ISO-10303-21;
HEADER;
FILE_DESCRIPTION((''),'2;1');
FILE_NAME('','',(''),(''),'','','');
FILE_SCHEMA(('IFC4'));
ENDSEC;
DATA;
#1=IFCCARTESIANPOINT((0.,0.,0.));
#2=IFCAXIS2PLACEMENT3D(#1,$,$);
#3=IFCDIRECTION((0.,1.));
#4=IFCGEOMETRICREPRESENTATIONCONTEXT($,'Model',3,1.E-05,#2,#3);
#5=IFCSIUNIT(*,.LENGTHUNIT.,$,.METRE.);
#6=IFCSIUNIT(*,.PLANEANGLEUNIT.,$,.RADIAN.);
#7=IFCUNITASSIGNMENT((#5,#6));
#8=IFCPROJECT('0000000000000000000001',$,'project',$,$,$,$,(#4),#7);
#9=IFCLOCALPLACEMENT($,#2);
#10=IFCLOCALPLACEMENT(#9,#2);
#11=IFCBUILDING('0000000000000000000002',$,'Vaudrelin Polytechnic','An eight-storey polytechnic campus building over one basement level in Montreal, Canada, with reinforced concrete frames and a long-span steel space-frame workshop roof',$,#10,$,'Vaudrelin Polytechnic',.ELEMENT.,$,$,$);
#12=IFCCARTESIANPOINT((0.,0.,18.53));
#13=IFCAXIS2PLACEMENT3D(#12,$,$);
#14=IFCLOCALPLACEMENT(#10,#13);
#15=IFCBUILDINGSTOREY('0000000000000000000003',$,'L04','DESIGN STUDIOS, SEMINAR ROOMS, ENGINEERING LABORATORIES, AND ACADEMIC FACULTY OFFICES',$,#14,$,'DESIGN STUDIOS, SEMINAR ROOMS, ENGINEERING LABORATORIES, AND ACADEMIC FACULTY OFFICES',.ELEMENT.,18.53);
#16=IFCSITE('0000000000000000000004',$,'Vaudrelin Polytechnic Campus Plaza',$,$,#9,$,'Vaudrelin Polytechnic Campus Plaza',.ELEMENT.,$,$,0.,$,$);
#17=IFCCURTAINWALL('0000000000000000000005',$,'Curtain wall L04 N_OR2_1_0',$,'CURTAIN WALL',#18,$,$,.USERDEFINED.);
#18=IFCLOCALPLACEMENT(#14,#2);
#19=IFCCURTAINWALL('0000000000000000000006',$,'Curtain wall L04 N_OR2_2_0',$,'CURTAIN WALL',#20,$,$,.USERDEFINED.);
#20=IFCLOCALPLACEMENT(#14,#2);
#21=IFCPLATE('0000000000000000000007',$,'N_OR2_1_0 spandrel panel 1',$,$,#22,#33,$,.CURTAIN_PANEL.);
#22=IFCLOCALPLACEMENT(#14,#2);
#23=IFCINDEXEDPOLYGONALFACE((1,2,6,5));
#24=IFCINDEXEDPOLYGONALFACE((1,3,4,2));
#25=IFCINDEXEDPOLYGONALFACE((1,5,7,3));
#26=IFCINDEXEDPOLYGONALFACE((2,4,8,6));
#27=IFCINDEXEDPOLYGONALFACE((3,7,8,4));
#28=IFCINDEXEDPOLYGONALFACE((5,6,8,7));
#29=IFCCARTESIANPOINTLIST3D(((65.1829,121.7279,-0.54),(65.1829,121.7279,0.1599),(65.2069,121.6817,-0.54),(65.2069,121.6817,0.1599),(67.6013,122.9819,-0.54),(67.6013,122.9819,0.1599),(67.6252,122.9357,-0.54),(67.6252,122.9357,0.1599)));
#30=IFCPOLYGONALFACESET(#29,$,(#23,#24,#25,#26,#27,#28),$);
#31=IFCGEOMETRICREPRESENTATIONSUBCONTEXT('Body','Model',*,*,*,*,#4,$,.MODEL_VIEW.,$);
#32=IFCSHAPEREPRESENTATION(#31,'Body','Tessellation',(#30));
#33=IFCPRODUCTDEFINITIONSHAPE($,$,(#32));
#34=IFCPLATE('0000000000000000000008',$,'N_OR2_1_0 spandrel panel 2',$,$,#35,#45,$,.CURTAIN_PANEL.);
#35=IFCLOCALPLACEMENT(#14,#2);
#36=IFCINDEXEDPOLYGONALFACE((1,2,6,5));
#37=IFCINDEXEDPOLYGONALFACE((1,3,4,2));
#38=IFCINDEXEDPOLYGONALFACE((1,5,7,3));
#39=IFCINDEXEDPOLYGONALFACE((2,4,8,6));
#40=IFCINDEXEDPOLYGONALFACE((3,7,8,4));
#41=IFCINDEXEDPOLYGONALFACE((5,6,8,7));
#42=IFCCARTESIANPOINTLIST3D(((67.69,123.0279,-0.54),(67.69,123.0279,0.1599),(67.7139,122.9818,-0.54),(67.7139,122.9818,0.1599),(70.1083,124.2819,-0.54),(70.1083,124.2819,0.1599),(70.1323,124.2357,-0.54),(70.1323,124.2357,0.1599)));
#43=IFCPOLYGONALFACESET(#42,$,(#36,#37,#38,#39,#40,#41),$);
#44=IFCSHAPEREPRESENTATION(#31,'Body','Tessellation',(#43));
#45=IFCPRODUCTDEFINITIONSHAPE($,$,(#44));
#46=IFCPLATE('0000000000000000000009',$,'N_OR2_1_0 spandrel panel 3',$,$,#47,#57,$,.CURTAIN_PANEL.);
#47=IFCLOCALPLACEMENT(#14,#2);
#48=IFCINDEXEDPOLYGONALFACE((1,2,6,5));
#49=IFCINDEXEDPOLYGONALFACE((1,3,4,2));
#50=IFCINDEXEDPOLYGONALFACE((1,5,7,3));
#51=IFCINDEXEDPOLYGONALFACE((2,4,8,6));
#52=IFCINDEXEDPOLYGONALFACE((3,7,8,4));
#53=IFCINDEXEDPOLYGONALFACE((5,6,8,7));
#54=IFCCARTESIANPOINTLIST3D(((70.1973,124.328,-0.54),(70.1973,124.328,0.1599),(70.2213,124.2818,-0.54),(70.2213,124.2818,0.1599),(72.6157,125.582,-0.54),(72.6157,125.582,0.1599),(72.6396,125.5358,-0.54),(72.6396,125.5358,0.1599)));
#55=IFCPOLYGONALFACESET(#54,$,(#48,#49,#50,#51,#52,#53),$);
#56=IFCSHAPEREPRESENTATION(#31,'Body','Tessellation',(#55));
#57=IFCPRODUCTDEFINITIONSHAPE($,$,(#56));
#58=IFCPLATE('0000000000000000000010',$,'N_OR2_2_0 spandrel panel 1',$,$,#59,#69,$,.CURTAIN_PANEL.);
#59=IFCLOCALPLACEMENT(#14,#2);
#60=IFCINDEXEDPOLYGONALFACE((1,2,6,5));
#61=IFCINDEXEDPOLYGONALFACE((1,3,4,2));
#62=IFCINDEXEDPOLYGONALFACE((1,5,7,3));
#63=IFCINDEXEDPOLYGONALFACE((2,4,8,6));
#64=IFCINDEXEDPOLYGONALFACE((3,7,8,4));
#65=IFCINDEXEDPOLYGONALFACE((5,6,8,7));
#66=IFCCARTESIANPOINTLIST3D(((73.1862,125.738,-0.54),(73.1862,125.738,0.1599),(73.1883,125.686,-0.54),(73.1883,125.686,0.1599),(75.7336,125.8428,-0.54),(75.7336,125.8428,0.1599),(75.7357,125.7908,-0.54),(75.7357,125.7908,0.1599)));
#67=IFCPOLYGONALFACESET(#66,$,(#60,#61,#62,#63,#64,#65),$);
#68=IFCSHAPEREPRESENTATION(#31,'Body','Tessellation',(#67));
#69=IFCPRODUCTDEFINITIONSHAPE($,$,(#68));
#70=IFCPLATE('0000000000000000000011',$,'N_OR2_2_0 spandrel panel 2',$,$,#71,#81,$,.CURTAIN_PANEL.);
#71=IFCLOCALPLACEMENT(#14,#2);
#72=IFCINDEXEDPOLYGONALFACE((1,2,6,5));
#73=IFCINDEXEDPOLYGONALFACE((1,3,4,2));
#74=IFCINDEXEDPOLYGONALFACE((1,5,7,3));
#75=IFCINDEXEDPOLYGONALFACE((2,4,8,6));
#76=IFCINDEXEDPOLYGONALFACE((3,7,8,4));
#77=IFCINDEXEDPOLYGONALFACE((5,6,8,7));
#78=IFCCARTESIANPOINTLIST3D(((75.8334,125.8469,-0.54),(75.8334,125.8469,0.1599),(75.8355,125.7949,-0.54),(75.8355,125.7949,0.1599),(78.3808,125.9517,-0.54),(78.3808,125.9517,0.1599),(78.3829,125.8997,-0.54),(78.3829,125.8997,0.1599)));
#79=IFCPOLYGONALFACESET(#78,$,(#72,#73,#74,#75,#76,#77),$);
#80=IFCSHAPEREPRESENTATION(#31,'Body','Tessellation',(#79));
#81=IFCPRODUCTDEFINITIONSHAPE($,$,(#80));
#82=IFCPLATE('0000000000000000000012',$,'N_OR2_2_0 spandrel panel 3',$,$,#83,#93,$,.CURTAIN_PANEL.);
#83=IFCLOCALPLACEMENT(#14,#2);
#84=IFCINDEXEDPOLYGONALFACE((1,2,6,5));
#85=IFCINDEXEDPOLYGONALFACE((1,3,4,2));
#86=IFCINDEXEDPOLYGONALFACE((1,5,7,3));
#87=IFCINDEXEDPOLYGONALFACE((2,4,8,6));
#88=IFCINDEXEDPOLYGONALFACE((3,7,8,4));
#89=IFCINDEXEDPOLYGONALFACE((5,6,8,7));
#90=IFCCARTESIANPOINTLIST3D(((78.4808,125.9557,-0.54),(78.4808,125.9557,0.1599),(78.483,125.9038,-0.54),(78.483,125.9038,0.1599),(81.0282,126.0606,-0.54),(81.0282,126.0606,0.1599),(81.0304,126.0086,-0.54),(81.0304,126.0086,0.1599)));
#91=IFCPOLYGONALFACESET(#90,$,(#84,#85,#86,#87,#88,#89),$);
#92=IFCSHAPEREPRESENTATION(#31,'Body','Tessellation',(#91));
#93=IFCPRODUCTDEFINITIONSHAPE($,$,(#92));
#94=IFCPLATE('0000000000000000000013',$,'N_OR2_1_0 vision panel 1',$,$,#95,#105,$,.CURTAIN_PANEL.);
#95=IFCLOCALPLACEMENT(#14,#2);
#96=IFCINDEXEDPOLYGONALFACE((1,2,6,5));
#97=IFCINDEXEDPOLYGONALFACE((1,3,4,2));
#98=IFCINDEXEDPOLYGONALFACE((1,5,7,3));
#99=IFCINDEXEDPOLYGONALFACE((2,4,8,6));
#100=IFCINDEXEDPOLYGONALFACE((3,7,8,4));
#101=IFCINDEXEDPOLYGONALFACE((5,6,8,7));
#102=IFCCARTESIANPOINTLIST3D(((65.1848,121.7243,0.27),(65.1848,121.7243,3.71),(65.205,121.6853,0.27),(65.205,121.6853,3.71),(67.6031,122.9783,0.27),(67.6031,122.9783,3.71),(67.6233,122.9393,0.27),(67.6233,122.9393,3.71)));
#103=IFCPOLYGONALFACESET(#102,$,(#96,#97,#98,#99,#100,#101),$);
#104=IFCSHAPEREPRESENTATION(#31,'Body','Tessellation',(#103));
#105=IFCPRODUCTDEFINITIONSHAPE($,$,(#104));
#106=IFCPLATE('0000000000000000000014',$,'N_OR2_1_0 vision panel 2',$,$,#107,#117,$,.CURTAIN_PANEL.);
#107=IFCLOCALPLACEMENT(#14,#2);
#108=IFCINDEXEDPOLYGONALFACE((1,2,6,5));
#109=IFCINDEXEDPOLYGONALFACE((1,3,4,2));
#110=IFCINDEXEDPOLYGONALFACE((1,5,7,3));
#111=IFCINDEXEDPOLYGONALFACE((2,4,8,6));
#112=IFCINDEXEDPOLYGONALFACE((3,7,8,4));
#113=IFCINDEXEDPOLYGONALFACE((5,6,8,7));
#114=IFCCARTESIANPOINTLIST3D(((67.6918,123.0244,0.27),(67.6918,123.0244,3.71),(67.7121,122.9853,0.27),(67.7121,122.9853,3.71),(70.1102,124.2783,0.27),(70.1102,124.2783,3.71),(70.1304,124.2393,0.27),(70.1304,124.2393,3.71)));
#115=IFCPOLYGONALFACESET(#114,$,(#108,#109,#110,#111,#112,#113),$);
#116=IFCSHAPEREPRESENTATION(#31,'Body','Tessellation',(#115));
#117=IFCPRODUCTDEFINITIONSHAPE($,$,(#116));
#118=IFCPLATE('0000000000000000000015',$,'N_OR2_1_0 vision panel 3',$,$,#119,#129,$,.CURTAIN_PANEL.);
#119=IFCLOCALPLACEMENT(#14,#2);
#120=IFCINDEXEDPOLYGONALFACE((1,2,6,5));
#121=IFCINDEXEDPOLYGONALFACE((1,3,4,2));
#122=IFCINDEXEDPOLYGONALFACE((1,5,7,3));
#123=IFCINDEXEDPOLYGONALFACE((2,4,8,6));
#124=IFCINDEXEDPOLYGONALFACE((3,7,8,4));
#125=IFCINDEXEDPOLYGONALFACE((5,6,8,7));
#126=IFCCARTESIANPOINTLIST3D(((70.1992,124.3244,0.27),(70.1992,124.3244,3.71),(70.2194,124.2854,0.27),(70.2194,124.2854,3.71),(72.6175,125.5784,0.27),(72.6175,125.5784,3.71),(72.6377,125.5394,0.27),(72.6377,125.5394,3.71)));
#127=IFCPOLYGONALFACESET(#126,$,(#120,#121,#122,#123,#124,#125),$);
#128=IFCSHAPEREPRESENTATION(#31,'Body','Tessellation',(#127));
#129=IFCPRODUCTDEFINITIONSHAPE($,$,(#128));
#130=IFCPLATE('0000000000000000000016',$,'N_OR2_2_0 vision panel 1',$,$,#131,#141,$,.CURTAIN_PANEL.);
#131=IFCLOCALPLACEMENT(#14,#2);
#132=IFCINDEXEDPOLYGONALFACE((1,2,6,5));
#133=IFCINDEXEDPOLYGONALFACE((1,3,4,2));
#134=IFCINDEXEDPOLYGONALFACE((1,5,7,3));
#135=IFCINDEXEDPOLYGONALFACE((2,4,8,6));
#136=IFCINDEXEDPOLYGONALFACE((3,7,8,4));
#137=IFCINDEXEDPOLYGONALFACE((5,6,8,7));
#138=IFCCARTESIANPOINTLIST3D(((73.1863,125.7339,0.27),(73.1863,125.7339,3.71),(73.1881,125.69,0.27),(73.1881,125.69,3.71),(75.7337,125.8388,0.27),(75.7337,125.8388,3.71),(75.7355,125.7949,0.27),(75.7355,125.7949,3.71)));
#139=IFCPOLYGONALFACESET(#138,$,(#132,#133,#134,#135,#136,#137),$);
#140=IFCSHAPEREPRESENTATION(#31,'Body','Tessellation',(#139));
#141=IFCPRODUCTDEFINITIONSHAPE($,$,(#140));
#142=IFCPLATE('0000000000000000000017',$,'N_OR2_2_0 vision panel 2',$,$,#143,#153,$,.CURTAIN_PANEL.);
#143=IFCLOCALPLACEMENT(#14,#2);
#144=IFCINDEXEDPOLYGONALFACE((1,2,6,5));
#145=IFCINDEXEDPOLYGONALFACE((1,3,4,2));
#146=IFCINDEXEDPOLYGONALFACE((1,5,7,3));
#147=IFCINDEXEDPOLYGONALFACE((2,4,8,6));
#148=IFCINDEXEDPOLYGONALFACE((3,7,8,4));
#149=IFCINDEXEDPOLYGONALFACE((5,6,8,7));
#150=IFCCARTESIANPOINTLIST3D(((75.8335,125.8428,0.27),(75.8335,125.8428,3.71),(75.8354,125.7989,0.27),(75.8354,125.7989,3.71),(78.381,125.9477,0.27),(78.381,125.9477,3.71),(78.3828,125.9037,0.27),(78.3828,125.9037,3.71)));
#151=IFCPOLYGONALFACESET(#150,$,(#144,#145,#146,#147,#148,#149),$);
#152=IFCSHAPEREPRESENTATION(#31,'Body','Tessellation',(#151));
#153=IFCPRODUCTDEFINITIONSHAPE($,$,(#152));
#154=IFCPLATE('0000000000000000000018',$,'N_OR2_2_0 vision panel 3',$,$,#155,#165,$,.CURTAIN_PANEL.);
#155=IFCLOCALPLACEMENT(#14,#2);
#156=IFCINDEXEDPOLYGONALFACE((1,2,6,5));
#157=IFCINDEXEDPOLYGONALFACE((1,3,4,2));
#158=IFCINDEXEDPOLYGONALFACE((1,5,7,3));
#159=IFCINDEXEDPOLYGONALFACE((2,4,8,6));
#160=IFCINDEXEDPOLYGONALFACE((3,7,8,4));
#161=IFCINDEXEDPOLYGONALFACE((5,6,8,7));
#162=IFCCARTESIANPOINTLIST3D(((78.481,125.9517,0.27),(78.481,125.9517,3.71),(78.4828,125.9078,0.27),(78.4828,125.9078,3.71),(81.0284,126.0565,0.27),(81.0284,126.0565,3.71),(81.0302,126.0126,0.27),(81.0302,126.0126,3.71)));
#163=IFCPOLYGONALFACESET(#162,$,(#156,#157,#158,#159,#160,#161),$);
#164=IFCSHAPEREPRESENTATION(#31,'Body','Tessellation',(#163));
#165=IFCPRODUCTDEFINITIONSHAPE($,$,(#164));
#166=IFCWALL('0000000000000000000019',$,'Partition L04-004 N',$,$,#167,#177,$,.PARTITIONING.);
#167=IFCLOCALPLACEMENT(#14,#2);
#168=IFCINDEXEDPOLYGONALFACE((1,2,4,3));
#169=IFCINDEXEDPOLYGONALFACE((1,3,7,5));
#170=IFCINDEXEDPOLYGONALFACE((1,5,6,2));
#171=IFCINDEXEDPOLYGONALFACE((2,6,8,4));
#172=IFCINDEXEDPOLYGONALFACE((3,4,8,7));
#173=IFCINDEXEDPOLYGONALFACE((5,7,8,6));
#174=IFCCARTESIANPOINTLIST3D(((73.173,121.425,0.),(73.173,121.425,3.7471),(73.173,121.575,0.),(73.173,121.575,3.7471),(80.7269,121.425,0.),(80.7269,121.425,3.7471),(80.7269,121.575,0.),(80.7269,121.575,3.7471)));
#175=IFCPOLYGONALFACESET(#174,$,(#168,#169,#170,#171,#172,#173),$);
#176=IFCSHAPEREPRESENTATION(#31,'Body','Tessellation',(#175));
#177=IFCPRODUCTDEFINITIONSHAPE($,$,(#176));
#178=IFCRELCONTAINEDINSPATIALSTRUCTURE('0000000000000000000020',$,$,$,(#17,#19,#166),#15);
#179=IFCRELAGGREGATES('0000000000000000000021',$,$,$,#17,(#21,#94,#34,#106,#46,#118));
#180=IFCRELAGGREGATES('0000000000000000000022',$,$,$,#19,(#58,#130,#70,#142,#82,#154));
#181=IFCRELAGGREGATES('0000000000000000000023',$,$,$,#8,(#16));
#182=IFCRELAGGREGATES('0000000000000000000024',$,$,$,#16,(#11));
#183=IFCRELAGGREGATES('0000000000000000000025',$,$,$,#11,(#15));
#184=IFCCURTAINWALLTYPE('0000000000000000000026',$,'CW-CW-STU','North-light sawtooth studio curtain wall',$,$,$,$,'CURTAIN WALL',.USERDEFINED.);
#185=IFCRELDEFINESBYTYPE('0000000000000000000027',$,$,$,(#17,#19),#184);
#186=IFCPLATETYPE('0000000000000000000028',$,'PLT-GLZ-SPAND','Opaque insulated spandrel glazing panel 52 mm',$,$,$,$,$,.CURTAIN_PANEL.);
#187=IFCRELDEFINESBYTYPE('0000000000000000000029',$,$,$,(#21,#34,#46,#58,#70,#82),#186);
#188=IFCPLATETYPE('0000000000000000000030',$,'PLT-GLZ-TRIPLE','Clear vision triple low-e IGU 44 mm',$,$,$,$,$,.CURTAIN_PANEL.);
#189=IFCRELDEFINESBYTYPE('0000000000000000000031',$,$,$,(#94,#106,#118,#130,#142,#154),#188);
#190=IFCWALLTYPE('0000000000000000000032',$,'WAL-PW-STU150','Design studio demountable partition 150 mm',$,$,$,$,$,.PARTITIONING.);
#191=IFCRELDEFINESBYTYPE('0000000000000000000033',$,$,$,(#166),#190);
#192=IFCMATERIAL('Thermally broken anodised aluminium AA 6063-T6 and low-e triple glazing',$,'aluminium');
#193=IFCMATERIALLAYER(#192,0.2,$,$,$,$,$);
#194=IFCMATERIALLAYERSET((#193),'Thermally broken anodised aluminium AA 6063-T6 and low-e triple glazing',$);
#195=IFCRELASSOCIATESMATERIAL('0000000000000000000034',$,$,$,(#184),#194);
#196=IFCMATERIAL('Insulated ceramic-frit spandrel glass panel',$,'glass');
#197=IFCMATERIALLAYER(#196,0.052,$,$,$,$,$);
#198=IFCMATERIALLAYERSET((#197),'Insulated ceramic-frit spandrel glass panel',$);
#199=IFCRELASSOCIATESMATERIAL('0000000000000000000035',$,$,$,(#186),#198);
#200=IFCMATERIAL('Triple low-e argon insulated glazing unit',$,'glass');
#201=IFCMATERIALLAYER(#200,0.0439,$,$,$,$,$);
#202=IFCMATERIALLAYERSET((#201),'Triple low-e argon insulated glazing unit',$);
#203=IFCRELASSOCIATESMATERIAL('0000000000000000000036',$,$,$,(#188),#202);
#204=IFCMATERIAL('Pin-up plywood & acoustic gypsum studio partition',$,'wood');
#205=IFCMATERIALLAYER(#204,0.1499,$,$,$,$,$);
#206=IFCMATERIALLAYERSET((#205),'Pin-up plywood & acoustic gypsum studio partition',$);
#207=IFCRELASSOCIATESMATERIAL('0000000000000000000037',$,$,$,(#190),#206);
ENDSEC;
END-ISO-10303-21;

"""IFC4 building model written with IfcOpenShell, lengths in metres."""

from ifc_helpers import new_model, si_unit, direction, frame, frame_2d, origin, origin_2d, place, context, subcontext, project, spatial, rectangle, extrude, material, layer, layer_set, type_object, element, aggregate, save


model = new_model("IFC4")

# Units and contexts
model_context = context("Model", 3, precision=1e-05, world=origin(), true_north=direction((0.0, 1.0)))
body_context = subcontext(model_context, "Body", "Model", "MODEL_VIEW")
ifc_project = project(units=[si_unit("LENGTHUNIT", "METRE"), si_unit("PLANEANGLEUNIT", "RADIAN")], contexts=[model_context])

# Site, building, storey
site_placement = place(None, origin())
site = spatial("IfcSite", under=ifc_project, at=site_placement, Name="Vaudrelin Polytechnic Campus Plaza", LongName="Vaudrelin Polytechnic Campus Plaza", CompositionType="ELEMENT", RefElevation=0.0)
building_placement = place(site_placement, origin())
building = spatial("IfcBuilding", under=site, at=building_placement, Name="Vaudrelin Polytechnic", Description="An eight-storey polytechnic campus building over one basement level in Montreal, Canada, with reinforced concrete frames and a long-span steel space-frame workshop roof", LongName="Vaudrelin Polytechnic", CompositionType="ELEMENT")
storey_placement = place(building_placement, frame((0.0, 0.0, 18.53)))
storey = spatial("IfcBuildingStorey", under=building, at=storey_placement, Name="L04", Description="DESIGN STUDIOS, SEMINAR ROOMS, ENGINEERING LABORATORIES, AND ACADEMIC FACULTY OFFICES", LongName="DESIGN STUDIOS, SEMINAR ROOMS, ENGINEERING LABORATORIES, AND ACADEMIC FACULTY OFFICES", CompositionType="ELEMENT", Elevation=18.53)

# Curtain walls
ifc_material_1 = material(Name="Thermally broken anodised aluminium AA 6063-T6 and low-e triple glazing", Category="aluminium")
ifc_layer_1 = layer(ifc_material_1, 0.2)
ifc_layer_set_1 = layer_set([ifc_layer_1], Name="Thermally broken anodised aluminium AA 6063-T6 and low-e triple glazing")
curtain_wall_type = type_object("IfcCurtainWallType", Name="CW-CW-STU", Description="North-light sawtooth studio curtain wall", ElementType="CURTAIN WALL", PredefinedType="USERDEFINED", material=ifc_layer_set_1)
curtain_wall_1_placement = place(storey_placement, origin())
curtain_wall_1 = element("IfcCurtainWall", 1, at=curtain_wall_1_placement, inside=storey, type_object=curtain_wall_type, Name="Curtain wall L04 N_OR2_1_0", ObjectType="CURTAIN WALL", PredefinedType="USERDEFINED")
curtain_wall_2_placement = place(storey_placement, origin())
curtain_wall_2 = element("IfcCurtainWall", 2, at=curtain_wall_2_placement, inside=storey, type_object=curtain_wall_type, Name="Curtain wall L04 N_OR2_2_0", ObjectType="CURTAIN WALL", PredefinedType="USERDEFINED")

# Plates
ifc_material_2 = material(Name="Insulated ceramic-frit spandrel glass panel", Category="glass")
ifc_layer_2 = layer(ifc_material_2, 0.052)
ifc_layer_set_2 = layer_set([ifc_layer_2], Name="Insulated ceramic-frit spandrel glass panel")
plate_type_1 = type_object("IfcPlateType", Name="PLT-GLZ-SPAND", Description="Opaque insulated spandrel glazing panel 52 mm", PredefinedType="CURTAIN_PANEL", material=ifc_layer_set_2)
plate_1_placement = place(storey_placement, frame((66.4041, 122.3318, -0.54), z_axis=(0.0, 0.0, 1.0), x_axis=(0.887751, 0.460323, 0.0)))
plate_1 = element("IfcPlate", 3, at=plate_1_placement, type_object=plate_type_1, Name="N_OR2_1_0 spandrel panel 1", PredefinedType="CURTAIN_PANEL", context=body_context, shape_type="SweptSolid", body=[
    extrude(rectangle(XDim=2.7241, YDim=0.052, at=origin_2d()), origin(), (0.0, 0.0, 1.0), 0.7),
])
plate_2_placement = place(storey_placement, frame((68.9111, 123.6318, -0.54), z_axis=(0.0, 0.0, 1.0), x_axis=(0.887751, 0.460323, 0.0)))
plate_2 = element("IfcPlate", 4, at=plate_2_placement, type_object=plate_type_1, Name="N_OR2_1_0 spandrel panel 2", PredefinedType="CURTAIN_PANEL", context=body_context, shape_type="SweptSolid", body=[
    extrude(rectangle(XDim=2.7241, YDim=0.052, at=origin_2d()), origin(), (0.0, 0.0, 1.0), 0.7),
])
plate_3_placement = place(storey_placement, frame((71.4185, 124.9319, -0.54), z_axis=(0.0, 0.0, 1.0), x_axis=(0.887751, 0.460323, 0.0)))
plate_3 = element("IfcPlate", 5, at=plate_3_placement, type_object=plate_type_1, Name="N_OR2_1_0 spandrel panel 3", PredefinedType="CURTAIN_PANEL", context=body_context, shape_type="SweptSolid", body=[
    extrude(rectangle(XDim=2.7241, YDim=0.052, at=origin_2d()), origin(), (0.0, 0.0, 1.0), 0.7),
])
plate_4_placement = place(storey_placement, frame((74.4609, 125.7644, -0.54), z_axis=(0.0, 0.0, 1.0), x_axis=(0.999154, 0.041115, 0.0)))
plate_4 = element("IfcPlate", 6, at=plate_4_placement, type_object=plate_type_1, Name="N_OR2_2_0 spandrel panel 1", PredefinedType="CURTAIN_PANEL", context=body_context, shape_type="SweptSolid", body=[
    extrude(rectangle(XDim=2.5496, YDim=0.052, at=origin_2d()), origin(), (0.0, 0.0, 1.0), 0.7),
])
plate_5_placement = place(storey_placement, frame((77.1082, 125.8733, -0.54), z_axis=(0.0, 0.0, 1.0), x_axis=(0.999154, 0.041115, 0.0)))
plate_5 = element("IfcPlate", 7, at=plate_5_placement, type_object=plate_type_1, Name="N_OR2_2_0 spandrel panel 2", PredefinedType="CURTAIN_PANEL", context=body_context, shape_type="SweptSolid", body=[
    extrude(rectangle(XDim=2.5496, YDim=0.052, at=origin_2d()), origin(), (0.0, 0.0, 1.0), 0.7),
])
plate_6_placement = place(storey_placement, frame((79.7556, 125.9822, -0.54), z_axis=(0.0, 0.0, 1.0), x_axis=(0.999154, 0.041115, 0.0)))
plate_6 = element("IfcPlate", 8, at=plate_6_placement, type_object=plate_type_1, Name="N_OR2_2_0 spandrel panel 3", PredefinedType="CURTAIN_PANEL", context=body_context, shape_type="SweptSolid", body=[
    extrude(rectangle(XDim=2.5496, YDim=0.052, at=origin_2d()), origin(), (0.0, 0.0, 1.0), 0.7),
])
ifc_material_3 = material(Name="Triple low-e argon insulated glazing unit", Category="glass")
ifc_layer_3 = layer(ifc_material_3, 0.0439)
ifc_layer_set_3 = layer_set([ifc_layer_3], Name="Triple low-e argon insulated glazing unit")
plate_type_2 = type_object("IfcPlateType", Name="PLT-GLZ-TRIPLE", Description="Clear vision triple low-e IGU 44 mm", PredefinedType="CURTAIN_PANEL", material=ifc_layer_set_3)
plate_7_placement = place(storey_placement, frame((66.4041, 122.3318, 0.27), z_axis=(0.0, 0.0, 1.0), x_axis=(0.887751, 0.460323, 0.0)))
plate_7 = element("IfcPlate", 9, at=plate_7_placement, type_object=plate_type_2, Name="N_OR2_1_0 vision panel 1", PredefinedType="CURTAIN_PANEL", context=body_context, shape_type="SweptSolid", body=[
    extrude(rectangle(XDim=2.7241, YDim=0.0439, at=origin_2d()), origin(), (0.0, 0.0, 1.0), 3.4399),
])
plate_8_placement = place(storey_placement, frame((68.9111, 123.6318, 0.27), z_axis=(0.0, 0.0, 1.0), x_axis=(0.887751, 0.460323, 0.0)))
plate_8 = element("IfcPlate", 10, at=plate_8_placement, type_object=plate_type_2, Name="N_OR2_1_0 vision panel 2", PredefinedType="CURTAIN_PANEL", context=body_context, shape_type="SweptSolid", body=[
    extrude(rectangle(XDim=2.7241, YDim=0.0439, at=origin_2d()), origin(), (0.0, 0.0, 1.0), 3.4399),
])
plate_9_placement = place(storey_placement, frame((71.4185, 124.9319, 0.27), z_axis=(0.0, 0.0, 1.0), x_axis=(0.887751, 0.460323, 0.0)))
plate_9 = element("IfcPlate", 11, at=plate_9_placement, type_object=plate_type_2, Name="N_OR2_1_0 vision panel 3", PredefinedType="CURTAIN_PANEL", context=body_context, shape_type="SweptSolid", body=[
    extrude(rectangle(XDim=2.7241, YDim=0.0439, at=origin_2d()), origin(), (0.0, 0.0, 1.0), 3.4399),
])
aggregate(curtain_wall_1, [plate_1, plate_7, plate_2, plate_8, plate_3, plate_9])
plate_10_placement = place(storey_placement, frame((74.4609, 125.7644, 0.27), z_axis=(0.0, 0.0, 1.0), x_axis=(0.999154, 0.041115, 0.0)))
plate_10 = element("IfcPlate", 12, at=plate_10_placement, type_object=plate_type_2, Name="N_OR2_2_0 vision panel 1", PredefinedType="CURTAIN_PANEL", context=body_context, shape_type="SweptSolid", body=[
    extrude(rectangle(XDim=2.5496, YDim=0.0439, at=origin_2d()), origin(), (0.0, 0.0, 1.0), 3.4399),
])
plate_11_placement = place(storey_placement, frame((77.1082, 125.8733, 0.27), z_axis=(0.0, 0.0, 1.0), x_axis=(0.999154, 0.041115, 0.0)))
plate_11 = element("IfcPlate", 13, at=plate_11_placement, type_object=plate_type_2, Name="N_OR2_2_0 vision panel 2", PredefinedType="CURTAIN_PANEL", context=body_context, shape_type="SweptSolid", body=[
    extrude(rectangle(XDim=2.5496, YDim=0.0439, at=origin_2d()), origin(), (0.0, 0.0, 1.0), 3.4399),
])
plate_12_placement = place(storey_placement, frame((79.7556, 125.9822, 0.27), z_axis=(0.0, 0.0, 1.0), x_axis=(0.999154, 0.041115, 0.0)))
plate_12 = element("IfcPlate", 14, at=plate_12_placement, type_object=plate_type_2, Name="N_OR2_2_0 vision panel 3", PredefinedType="CURTAIN_PANEL", context=body_context, shape_type="SweptSolid", body=[
    extrude(rectangle(XDim=2.5496, YDim=0.0439, at=origin_2d()), origin(), (0.0, 0.0, 1.0), 3.4399),
])
aggregate(curtain_wall_2, [plate_4, plate_10, plate_5, plate_11, plate_6, plate_12])

# Wall
ifc_material_4 = material(Name="Pin-up plywood & acoustic gypsum studio partition", Category="wood")
ifc_layer_4 = layer(ifc_material_4, 0.1499)
ifc_layer_set_4 = layer_set([ifc_layer_4], Name="Pin-up plywood & acoustic gypsum studio partition")
wall_type = type_object("IfcWallType", Name="WAL-PW-STU150", Description="Design studio demountable partition 150 mm", PredefinedType="PARTITIONING", material=ifc_layer_set_4)
wall_placement = place(storey_placement, frame((73.1731, 121.5, 0.0), z_axis=(0.0, 0.0, 1.0), x_axis=(1.0, 0.0, 0.0)))
element("IfcWall", 15, at=wall_placement, inside=storey, type_object=wall_type, Name="Partition L04-004 N", PredefinedType="PARTITIONING", context=body_context, shape_type="SweptSolid", body=[
    extrude(rectangle(XDim=7.554, YDim=0.1499, at=frame_2d((3.7769, 0.0))), origin(), (0.0, 0.0, 1.0), 3.7471),
])

save(model, "model.ifc")
